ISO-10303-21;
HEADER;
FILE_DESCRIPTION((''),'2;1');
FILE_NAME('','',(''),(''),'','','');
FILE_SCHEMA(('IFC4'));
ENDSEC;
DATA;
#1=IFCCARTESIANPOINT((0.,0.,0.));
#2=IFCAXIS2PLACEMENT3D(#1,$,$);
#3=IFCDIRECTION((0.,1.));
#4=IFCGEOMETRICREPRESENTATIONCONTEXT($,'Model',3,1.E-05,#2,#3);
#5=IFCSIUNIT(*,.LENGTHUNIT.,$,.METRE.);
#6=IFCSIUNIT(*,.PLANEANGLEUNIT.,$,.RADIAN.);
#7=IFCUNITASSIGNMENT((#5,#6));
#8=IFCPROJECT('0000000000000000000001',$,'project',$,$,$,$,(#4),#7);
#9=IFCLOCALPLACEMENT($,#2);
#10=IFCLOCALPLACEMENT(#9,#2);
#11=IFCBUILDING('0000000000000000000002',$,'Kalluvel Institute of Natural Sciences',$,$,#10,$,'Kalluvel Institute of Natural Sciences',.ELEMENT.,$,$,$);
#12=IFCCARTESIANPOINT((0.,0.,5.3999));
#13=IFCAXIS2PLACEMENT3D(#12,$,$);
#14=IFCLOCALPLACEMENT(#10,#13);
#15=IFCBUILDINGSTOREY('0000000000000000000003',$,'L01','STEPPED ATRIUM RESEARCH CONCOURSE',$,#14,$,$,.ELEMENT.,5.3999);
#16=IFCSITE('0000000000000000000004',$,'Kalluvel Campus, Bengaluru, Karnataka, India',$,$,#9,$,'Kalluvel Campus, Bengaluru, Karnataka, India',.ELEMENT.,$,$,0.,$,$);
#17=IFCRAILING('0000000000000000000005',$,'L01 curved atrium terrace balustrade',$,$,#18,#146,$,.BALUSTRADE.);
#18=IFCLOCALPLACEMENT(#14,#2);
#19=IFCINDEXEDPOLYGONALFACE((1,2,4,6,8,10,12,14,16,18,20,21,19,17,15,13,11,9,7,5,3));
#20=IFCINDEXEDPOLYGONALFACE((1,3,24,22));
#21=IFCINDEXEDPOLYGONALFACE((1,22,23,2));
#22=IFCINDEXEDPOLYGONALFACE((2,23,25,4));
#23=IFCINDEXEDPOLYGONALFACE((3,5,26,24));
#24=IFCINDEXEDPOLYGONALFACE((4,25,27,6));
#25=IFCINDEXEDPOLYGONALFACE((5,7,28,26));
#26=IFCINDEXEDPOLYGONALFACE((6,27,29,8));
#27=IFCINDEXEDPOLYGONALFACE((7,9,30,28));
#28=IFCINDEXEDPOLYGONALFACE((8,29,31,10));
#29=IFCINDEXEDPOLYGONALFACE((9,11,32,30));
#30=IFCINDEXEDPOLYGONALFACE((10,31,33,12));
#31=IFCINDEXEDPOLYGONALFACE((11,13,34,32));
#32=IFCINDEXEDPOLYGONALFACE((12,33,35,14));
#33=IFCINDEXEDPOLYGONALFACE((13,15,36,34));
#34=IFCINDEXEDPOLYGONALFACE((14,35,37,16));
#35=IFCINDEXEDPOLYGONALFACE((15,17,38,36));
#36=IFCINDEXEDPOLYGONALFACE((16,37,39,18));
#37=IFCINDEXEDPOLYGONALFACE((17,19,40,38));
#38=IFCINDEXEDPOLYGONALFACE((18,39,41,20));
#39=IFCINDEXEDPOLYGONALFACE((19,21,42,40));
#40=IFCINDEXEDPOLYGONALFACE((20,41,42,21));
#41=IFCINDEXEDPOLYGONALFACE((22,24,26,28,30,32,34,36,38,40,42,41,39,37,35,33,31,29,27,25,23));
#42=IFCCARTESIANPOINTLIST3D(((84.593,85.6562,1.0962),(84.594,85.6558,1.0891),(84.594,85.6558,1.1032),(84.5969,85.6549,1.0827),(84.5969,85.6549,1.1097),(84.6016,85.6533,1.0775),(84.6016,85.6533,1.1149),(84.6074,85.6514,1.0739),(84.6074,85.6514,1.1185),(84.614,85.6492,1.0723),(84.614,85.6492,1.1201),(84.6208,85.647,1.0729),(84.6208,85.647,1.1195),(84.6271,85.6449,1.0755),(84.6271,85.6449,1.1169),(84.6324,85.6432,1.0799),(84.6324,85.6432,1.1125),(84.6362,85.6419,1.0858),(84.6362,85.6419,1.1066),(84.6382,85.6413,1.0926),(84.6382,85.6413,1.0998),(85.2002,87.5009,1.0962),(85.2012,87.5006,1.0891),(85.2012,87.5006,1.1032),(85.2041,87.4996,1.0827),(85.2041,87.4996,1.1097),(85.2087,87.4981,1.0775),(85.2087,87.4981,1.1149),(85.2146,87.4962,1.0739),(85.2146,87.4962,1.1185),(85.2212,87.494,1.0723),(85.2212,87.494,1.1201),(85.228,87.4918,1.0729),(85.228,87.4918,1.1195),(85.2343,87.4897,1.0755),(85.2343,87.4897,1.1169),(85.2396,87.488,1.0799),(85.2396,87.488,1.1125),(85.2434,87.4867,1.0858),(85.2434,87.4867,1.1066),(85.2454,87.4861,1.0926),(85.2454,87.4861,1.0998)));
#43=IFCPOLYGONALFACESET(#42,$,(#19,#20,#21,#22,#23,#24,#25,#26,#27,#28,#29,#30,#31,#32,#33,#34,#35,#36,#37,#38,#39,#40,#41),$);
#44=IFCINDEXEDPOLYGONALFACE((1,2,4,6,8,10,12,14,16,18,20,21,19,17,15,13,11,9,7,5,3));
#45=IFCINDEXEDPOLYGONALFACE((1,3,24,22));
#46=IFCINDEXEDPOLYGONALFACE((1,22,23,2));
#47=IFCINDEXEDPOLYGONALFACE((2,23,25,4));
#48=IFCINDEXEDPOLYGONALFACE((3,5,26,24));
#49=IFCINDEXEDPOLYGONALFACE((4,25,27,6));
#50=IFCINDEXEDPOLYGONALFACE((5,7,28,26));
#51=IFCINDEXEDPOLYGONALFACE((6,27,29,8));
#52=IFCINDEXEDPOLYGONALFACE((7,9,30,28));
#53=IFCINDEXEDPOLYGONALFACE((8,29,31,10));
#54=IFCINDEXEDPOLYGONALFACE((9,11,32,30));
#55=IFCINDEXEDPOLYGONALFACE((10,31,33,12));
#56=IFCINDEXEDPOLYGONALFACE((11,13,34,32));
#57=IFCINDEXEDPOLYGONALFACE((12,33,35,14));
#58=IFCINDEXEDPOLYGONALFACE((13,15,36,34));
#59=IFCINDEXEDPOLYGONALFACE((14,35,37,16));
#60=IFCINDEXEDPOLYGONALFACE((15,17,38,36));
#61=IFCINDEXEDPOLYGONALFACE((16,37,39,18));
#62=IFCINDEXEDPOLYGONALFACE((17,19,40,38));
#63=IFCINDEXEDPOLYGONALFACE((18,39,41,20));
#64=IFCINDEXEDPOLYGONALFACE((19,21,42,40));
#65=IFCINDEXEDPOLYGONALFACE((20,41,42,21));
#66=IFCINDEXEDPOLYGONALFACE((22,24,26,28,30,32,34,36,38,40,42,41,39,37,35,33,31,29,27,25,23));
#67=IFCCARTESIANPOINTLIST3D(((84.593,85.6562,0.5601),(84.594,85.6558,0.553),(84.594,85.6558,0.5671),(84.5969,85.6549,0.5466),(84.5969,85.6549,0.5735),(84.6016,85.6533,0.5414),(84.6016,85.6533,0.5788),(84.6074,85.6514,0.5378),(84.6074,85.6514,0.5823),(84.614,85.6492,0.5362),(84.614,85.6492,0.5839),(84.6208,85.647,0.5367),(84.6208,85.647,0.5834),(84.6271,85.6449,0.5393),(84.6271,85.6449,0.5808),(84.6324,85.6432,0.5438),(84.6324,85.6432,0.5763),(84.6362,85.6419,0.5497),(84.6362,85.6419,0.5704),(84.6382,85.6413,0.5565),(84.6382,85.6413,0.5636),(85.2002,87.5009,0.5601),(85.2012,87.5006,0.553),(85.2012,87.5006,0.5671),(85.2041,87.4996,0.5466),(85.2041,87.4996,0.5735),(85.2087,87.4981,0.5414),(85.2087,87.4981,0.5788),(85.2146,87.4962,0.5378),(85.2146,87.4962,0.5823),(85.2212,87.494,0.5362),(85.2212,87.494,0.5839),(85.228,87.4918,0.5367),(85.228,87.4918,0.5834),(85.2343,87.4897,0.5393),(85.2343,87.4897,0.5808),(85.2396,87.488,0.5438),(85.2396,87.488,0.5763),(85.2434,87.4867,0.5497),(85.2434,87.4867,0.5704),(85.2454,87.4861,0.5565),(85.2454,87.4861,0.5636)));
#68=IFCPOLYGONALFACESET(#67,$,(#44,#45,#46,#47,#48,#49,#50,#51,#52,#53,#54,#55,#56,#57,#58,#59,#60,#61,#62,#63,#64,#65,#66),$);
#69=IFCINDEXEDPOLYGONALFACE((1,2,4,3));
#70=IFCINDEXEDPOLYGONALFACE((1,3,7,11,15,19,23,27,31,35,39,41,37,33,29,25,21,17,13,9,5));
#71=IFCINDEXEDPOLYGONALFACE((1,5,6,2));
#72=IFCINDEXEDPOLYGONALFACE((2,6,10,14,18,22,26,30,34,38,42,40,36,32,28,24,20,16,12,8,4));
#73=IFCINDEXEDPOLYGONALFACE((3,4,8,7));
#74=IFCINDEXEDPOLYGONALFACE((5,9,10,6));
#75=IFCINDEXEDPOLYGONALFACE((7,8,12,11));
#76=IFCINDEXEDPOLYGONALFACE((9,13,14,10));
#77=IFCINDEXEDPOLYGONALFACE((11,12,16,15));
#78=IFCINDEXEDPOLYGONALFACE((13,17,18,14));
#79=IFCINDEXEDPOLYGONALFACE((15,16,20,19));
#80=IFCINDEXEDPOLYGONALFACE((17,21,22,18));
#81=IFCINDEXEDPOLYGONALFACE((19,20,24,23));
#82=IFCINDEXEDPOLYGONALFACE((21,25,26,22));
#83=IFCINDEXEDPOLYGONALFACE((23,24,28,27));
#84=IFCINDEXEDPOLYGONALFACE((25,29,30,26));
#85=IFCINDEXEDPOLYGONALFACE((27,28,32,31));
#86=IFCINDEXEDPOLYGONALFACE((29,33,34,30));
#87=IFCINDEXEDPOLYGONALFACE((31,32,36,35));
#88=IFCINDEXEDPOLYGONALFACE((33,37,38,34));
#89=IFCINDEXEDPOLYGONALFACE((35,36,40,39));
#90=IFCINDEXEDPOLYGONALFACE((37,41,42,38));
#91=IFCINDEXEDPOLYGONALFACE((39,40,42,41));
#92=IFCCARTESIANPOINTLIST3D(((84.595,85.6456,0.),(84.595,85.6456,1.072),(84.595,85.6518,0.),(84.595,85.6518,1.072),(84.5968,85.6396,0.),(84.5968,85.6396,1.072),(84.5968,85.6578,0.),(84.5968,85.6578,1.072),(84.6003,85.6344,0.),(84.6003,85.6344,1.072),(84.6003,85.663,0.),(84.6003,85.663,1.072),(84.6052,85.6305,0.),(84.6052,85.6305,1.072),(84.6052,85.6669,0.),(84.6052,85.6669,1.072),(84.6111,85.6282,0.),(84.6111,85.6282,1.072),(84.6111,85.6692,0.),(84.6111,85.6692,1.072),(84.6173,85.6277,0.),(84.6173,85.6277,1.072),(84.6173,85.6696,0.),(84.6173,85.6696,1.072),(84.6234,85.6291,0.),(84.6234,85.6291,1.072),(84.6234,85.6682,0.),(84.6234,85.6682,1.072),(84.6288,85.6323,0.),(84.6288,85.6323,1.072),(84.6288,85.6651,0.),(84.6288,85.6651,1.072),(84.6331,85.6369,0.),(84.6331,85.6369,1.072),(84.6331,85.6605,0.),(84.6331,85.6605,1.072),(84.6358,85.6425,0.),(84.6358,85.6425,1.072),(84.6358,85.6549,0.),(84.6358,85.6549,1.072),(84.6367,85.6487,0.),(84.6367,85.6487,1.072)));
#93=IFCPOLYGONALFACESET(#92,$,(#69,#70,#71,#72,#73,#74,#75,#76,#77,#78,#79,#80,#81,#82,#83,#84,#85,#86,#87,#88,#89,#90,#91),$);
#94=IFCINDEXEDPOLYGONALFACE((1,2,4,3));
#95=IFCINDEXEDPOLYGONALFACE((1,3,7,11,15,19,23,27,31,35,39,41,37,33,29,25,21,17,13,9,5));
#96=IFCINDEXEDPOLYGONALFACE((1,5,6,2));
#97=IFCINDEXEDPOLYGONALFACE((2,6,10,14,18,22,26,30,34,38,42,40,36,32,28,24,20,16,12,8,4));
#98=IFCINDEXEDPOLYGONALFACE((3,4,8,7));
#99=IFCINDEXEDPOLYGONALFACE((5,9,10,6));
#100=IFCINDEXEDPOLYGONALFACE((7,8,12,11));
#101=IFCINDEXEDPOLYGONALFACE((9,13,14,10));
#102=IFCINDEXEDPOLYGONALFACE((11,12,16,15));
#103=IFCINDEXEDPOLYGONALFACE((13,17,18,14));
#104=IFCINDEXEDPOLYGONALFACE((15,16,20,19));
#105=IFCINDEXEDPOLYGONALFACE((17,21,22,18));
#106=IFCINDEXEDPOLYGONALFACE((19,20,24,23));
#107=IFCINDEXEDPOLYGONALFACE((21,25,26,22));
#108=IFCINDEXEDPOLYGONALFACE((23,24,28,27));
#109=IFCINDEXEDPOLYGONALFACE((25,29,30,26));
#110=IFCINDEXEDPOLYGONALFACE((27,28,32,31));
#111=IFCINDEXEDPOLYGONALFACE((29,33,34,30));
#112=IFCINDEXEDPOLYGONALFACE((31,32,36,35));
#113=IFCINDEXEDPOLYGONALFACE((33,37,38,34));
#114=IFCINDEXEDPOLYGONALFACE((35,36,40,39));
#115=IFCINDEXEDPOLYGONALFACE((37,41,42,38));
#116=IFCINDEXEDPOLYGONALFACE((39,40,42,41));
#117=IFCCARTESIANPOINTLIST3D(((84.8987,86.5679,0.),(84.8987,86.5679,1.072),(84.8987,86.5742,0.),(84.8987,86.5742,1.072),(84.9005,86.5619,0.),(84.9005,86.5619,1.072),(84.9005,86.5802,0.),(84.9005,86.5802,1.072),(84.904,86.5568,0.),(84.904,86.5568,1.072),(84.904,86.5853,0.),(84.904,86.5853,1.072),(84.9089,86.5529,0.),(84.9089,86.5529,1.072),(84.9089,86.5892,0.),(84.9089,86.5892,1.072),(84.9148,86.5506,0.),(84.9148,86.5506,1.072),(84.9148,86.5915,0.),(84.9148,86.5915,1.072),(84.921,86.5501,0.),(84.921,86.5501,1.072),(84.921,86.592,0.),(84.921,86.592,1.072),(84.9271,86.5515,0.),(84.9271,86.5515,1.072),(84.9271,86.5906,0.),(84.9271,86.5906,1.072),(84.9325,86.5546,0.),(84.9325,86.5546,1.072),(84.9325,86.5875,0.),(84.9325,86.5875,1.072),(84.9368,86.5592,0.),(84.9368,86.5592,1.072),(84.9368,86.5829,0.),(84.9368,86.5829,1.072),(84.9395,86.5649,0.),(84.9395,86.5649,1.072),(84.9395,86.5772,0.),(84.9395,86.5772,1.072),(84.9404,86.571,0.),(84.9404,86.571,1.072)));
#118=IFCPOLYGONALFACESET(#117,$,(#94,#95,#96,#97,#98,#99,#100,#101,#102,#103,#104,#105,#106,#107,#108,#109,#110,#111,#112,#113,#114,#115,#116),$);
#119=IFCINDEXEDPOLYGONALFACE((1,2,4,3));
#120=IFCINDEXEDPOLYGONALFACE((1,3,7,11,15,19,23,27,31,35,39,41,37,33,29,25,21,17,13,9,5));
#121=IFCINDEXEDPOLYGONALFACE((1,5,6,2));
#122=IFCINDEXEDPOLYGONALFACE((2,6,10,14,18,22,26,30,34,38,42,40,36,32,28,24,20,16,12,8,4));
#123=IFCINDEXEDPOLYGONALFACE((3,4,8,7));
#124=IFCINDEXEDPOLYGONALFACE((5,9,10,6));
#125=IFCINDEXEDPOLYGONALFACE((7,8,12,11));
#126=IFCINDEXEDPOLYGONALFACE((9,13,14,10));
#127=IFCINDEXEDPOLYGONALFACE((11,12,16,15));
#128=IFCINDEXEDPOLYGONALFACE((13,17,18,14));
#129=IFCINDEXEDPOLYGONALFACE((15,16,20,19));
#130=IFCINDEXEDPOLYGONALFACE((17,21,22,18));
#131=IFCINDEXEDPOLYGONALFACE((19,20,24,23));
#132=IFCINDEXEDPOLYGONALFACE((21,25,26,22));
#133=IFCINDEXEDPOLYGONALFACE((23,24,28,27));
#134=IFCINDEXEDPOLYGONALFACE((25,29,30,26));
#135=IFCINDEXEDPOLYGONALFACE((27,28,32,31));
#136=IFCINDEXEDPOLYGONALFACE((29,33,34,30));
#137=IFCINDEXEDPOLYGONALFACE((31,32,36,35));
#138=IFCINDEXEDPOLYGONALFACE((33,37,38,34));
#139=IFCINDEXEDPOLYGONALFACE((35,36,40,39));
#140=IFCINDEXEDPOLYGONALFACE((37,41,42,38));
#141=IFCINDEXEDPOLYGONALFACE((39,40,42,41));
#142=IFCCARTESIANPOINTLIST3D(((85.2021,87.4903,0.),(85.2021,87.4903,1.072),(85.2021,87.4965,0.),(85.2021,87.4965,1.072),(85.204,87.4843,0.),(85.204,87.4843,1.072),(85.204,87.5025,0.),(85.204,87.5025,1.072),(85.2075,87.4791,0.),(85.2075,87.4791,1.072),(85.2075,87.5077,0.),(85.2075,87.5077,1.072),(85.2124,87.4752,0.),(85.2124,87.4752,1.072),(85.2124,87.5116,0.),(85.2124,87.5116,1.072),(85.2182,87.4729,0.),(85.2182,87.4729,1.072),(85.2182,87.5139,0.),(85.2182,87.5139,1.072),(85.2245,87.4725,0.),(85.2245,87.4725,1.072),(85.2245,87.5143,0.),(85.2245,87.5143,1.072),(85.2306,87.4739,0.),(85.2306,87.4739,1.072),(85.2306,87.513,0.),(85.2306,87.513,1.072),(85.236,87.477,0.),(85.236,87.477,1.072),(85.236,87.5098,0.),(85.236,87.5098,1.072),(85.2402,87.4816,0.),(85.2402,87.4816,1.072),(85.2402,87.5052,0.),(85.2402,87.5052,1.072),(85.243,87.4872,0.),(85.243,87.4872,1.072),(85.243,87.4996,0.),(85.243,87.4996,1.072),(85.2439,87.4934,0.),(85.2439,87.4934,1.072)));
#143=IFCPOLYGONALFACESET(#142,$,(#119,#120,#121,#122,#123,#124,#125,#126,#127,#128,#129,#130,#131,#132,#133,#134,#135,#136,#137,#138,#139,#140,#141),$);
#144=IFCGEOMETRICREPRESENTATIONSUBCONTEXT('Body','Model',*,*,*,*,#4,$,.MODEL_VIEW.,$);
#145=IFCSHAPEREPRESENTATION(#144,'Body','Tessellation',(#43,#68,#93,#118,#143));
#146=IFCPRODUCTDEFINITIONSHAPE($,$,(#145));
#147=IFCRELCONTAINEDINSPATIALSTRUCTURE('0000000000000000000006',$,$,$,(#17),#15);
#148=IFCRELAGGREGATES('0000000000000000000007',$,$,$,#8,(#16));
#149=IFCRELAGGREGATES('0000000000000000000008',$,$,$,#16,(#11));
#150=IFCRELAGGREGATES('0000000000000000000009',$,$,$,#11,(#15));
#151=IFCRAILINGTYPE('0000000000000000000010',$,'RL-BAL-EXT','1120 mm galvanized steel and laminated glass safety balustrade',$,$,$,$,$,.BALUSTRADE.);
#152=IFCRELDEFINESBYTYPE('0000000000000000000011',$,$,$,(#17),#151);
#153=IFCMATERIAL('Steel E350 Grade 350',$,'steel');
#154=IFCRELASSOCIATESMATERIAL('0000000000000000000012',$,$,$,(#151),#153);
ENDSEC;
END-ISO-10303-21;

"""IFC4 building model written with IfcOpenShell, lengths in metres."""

from ifc_helpers import new_model, si_unit, direction, frame, origin, origin_2d, place, context, subcontext, project, spatial, circle, extrude, material, type_object, element, save


model = new_model("IFC4")

# Units and contexts
model_context = context("Model", 3, precision=1e-05, world=origin(), true_north=direction((0.0, 1.0)))
body_context = subcontext(model_context, "Body", "Model", "MODEL_VIEW")
ifc_project = project(units=[si_unit("LENGTHUNIT", "METRE"), si_unit("PLANEANGLEUNIT", "RADIAN")], contexts=[model_context])

# Site, building, storey
site_placement = place(None, origin())
site = spatial("IfcSite", under=ifc_project, at=site_placement, Name="Kalluvel Campus, Bengaluru, Karnataka, India", LongName="Kalluvel Campus, Bengaluru, Karnataka, India", CompositionType="ELEMENT", RefElevation=0.0)
building_placement = place(site_placement, origin())
building = spatial("IfcBuilding", under=site, at=building_placement, Name="Kalluvel Institute of Natural Sciences", LongName="Kalluvel Institute of Natural Sciences", CompositionType="ELEMENT")
storey_placement = place(building_placement, frame((0.0, 0.0, 5.3999)))
storey = spatial("IfcBuildingStorey", under=building, at=storey_placement, Name="L01", Description="STEPPED ATRIUM RESEARCH CONCOURSE", CompositionType="ELEMENT", Elevation=5.3999)

# Railing
ifc_material_1 = material(Name="Steel E350 Grade 350", Category="steel")
railing_type = type_object("IfcRailingType", Name="RL-BAL-EXT", Description="1120 mm galvanized steel and laminated glass safety balustrade", PredefinedType="BALUSTRADE", material=ifc_material_1)
railing_1_placement = place(storey_placement, frame((84.6157, 85.6487, 0.0)))
element("IfcRailing", 1, at=railing_1_placement, inside=storey, type_object=railing_type, Name="L01 curved atrium terrace balustrade", PredefinedType="BALUSTRADE", context=body_context, shape_type="SweptSolid", body=[
    extrude(circle(Radius=0.0239, at=origin_2d()), frame((0.0, 0.0, 1.0962), z_axis=(0.312643, 0.949871, 0.0), x_axis=(-0.949871, 0.312643, 0.0)), (0.0, 0.0, 1.0), 1.9421),
    extrude(circle(Radius=0.0239, at=origin_2d()), frame((0.0, 0.0, 0.5601), z_axis=(0.312643, 0.949871, 0.0), x_axis=(-0.949871, 0.312643, 0.0)), (0.0, 0.0, 1.0), 1.9421),
    extrude(circle(Radius=0.021, at=origin_2d()), origin(), (0.0, 0.0, 1.0), 1.072),
    extrude(circle(Radius=0.021, at=origin_2d()), frame((0.3037, 0.9224, 0.0)), (0.0, 0.0, 1.0), 1.072),
    extrude(circle(Radius=0.021, at=origin_2d()), frame((0.6072, 1.8447, 0.0)), (0.0, 0.0, 1.0), 1.072),
])

save(model, "model.ifc")
